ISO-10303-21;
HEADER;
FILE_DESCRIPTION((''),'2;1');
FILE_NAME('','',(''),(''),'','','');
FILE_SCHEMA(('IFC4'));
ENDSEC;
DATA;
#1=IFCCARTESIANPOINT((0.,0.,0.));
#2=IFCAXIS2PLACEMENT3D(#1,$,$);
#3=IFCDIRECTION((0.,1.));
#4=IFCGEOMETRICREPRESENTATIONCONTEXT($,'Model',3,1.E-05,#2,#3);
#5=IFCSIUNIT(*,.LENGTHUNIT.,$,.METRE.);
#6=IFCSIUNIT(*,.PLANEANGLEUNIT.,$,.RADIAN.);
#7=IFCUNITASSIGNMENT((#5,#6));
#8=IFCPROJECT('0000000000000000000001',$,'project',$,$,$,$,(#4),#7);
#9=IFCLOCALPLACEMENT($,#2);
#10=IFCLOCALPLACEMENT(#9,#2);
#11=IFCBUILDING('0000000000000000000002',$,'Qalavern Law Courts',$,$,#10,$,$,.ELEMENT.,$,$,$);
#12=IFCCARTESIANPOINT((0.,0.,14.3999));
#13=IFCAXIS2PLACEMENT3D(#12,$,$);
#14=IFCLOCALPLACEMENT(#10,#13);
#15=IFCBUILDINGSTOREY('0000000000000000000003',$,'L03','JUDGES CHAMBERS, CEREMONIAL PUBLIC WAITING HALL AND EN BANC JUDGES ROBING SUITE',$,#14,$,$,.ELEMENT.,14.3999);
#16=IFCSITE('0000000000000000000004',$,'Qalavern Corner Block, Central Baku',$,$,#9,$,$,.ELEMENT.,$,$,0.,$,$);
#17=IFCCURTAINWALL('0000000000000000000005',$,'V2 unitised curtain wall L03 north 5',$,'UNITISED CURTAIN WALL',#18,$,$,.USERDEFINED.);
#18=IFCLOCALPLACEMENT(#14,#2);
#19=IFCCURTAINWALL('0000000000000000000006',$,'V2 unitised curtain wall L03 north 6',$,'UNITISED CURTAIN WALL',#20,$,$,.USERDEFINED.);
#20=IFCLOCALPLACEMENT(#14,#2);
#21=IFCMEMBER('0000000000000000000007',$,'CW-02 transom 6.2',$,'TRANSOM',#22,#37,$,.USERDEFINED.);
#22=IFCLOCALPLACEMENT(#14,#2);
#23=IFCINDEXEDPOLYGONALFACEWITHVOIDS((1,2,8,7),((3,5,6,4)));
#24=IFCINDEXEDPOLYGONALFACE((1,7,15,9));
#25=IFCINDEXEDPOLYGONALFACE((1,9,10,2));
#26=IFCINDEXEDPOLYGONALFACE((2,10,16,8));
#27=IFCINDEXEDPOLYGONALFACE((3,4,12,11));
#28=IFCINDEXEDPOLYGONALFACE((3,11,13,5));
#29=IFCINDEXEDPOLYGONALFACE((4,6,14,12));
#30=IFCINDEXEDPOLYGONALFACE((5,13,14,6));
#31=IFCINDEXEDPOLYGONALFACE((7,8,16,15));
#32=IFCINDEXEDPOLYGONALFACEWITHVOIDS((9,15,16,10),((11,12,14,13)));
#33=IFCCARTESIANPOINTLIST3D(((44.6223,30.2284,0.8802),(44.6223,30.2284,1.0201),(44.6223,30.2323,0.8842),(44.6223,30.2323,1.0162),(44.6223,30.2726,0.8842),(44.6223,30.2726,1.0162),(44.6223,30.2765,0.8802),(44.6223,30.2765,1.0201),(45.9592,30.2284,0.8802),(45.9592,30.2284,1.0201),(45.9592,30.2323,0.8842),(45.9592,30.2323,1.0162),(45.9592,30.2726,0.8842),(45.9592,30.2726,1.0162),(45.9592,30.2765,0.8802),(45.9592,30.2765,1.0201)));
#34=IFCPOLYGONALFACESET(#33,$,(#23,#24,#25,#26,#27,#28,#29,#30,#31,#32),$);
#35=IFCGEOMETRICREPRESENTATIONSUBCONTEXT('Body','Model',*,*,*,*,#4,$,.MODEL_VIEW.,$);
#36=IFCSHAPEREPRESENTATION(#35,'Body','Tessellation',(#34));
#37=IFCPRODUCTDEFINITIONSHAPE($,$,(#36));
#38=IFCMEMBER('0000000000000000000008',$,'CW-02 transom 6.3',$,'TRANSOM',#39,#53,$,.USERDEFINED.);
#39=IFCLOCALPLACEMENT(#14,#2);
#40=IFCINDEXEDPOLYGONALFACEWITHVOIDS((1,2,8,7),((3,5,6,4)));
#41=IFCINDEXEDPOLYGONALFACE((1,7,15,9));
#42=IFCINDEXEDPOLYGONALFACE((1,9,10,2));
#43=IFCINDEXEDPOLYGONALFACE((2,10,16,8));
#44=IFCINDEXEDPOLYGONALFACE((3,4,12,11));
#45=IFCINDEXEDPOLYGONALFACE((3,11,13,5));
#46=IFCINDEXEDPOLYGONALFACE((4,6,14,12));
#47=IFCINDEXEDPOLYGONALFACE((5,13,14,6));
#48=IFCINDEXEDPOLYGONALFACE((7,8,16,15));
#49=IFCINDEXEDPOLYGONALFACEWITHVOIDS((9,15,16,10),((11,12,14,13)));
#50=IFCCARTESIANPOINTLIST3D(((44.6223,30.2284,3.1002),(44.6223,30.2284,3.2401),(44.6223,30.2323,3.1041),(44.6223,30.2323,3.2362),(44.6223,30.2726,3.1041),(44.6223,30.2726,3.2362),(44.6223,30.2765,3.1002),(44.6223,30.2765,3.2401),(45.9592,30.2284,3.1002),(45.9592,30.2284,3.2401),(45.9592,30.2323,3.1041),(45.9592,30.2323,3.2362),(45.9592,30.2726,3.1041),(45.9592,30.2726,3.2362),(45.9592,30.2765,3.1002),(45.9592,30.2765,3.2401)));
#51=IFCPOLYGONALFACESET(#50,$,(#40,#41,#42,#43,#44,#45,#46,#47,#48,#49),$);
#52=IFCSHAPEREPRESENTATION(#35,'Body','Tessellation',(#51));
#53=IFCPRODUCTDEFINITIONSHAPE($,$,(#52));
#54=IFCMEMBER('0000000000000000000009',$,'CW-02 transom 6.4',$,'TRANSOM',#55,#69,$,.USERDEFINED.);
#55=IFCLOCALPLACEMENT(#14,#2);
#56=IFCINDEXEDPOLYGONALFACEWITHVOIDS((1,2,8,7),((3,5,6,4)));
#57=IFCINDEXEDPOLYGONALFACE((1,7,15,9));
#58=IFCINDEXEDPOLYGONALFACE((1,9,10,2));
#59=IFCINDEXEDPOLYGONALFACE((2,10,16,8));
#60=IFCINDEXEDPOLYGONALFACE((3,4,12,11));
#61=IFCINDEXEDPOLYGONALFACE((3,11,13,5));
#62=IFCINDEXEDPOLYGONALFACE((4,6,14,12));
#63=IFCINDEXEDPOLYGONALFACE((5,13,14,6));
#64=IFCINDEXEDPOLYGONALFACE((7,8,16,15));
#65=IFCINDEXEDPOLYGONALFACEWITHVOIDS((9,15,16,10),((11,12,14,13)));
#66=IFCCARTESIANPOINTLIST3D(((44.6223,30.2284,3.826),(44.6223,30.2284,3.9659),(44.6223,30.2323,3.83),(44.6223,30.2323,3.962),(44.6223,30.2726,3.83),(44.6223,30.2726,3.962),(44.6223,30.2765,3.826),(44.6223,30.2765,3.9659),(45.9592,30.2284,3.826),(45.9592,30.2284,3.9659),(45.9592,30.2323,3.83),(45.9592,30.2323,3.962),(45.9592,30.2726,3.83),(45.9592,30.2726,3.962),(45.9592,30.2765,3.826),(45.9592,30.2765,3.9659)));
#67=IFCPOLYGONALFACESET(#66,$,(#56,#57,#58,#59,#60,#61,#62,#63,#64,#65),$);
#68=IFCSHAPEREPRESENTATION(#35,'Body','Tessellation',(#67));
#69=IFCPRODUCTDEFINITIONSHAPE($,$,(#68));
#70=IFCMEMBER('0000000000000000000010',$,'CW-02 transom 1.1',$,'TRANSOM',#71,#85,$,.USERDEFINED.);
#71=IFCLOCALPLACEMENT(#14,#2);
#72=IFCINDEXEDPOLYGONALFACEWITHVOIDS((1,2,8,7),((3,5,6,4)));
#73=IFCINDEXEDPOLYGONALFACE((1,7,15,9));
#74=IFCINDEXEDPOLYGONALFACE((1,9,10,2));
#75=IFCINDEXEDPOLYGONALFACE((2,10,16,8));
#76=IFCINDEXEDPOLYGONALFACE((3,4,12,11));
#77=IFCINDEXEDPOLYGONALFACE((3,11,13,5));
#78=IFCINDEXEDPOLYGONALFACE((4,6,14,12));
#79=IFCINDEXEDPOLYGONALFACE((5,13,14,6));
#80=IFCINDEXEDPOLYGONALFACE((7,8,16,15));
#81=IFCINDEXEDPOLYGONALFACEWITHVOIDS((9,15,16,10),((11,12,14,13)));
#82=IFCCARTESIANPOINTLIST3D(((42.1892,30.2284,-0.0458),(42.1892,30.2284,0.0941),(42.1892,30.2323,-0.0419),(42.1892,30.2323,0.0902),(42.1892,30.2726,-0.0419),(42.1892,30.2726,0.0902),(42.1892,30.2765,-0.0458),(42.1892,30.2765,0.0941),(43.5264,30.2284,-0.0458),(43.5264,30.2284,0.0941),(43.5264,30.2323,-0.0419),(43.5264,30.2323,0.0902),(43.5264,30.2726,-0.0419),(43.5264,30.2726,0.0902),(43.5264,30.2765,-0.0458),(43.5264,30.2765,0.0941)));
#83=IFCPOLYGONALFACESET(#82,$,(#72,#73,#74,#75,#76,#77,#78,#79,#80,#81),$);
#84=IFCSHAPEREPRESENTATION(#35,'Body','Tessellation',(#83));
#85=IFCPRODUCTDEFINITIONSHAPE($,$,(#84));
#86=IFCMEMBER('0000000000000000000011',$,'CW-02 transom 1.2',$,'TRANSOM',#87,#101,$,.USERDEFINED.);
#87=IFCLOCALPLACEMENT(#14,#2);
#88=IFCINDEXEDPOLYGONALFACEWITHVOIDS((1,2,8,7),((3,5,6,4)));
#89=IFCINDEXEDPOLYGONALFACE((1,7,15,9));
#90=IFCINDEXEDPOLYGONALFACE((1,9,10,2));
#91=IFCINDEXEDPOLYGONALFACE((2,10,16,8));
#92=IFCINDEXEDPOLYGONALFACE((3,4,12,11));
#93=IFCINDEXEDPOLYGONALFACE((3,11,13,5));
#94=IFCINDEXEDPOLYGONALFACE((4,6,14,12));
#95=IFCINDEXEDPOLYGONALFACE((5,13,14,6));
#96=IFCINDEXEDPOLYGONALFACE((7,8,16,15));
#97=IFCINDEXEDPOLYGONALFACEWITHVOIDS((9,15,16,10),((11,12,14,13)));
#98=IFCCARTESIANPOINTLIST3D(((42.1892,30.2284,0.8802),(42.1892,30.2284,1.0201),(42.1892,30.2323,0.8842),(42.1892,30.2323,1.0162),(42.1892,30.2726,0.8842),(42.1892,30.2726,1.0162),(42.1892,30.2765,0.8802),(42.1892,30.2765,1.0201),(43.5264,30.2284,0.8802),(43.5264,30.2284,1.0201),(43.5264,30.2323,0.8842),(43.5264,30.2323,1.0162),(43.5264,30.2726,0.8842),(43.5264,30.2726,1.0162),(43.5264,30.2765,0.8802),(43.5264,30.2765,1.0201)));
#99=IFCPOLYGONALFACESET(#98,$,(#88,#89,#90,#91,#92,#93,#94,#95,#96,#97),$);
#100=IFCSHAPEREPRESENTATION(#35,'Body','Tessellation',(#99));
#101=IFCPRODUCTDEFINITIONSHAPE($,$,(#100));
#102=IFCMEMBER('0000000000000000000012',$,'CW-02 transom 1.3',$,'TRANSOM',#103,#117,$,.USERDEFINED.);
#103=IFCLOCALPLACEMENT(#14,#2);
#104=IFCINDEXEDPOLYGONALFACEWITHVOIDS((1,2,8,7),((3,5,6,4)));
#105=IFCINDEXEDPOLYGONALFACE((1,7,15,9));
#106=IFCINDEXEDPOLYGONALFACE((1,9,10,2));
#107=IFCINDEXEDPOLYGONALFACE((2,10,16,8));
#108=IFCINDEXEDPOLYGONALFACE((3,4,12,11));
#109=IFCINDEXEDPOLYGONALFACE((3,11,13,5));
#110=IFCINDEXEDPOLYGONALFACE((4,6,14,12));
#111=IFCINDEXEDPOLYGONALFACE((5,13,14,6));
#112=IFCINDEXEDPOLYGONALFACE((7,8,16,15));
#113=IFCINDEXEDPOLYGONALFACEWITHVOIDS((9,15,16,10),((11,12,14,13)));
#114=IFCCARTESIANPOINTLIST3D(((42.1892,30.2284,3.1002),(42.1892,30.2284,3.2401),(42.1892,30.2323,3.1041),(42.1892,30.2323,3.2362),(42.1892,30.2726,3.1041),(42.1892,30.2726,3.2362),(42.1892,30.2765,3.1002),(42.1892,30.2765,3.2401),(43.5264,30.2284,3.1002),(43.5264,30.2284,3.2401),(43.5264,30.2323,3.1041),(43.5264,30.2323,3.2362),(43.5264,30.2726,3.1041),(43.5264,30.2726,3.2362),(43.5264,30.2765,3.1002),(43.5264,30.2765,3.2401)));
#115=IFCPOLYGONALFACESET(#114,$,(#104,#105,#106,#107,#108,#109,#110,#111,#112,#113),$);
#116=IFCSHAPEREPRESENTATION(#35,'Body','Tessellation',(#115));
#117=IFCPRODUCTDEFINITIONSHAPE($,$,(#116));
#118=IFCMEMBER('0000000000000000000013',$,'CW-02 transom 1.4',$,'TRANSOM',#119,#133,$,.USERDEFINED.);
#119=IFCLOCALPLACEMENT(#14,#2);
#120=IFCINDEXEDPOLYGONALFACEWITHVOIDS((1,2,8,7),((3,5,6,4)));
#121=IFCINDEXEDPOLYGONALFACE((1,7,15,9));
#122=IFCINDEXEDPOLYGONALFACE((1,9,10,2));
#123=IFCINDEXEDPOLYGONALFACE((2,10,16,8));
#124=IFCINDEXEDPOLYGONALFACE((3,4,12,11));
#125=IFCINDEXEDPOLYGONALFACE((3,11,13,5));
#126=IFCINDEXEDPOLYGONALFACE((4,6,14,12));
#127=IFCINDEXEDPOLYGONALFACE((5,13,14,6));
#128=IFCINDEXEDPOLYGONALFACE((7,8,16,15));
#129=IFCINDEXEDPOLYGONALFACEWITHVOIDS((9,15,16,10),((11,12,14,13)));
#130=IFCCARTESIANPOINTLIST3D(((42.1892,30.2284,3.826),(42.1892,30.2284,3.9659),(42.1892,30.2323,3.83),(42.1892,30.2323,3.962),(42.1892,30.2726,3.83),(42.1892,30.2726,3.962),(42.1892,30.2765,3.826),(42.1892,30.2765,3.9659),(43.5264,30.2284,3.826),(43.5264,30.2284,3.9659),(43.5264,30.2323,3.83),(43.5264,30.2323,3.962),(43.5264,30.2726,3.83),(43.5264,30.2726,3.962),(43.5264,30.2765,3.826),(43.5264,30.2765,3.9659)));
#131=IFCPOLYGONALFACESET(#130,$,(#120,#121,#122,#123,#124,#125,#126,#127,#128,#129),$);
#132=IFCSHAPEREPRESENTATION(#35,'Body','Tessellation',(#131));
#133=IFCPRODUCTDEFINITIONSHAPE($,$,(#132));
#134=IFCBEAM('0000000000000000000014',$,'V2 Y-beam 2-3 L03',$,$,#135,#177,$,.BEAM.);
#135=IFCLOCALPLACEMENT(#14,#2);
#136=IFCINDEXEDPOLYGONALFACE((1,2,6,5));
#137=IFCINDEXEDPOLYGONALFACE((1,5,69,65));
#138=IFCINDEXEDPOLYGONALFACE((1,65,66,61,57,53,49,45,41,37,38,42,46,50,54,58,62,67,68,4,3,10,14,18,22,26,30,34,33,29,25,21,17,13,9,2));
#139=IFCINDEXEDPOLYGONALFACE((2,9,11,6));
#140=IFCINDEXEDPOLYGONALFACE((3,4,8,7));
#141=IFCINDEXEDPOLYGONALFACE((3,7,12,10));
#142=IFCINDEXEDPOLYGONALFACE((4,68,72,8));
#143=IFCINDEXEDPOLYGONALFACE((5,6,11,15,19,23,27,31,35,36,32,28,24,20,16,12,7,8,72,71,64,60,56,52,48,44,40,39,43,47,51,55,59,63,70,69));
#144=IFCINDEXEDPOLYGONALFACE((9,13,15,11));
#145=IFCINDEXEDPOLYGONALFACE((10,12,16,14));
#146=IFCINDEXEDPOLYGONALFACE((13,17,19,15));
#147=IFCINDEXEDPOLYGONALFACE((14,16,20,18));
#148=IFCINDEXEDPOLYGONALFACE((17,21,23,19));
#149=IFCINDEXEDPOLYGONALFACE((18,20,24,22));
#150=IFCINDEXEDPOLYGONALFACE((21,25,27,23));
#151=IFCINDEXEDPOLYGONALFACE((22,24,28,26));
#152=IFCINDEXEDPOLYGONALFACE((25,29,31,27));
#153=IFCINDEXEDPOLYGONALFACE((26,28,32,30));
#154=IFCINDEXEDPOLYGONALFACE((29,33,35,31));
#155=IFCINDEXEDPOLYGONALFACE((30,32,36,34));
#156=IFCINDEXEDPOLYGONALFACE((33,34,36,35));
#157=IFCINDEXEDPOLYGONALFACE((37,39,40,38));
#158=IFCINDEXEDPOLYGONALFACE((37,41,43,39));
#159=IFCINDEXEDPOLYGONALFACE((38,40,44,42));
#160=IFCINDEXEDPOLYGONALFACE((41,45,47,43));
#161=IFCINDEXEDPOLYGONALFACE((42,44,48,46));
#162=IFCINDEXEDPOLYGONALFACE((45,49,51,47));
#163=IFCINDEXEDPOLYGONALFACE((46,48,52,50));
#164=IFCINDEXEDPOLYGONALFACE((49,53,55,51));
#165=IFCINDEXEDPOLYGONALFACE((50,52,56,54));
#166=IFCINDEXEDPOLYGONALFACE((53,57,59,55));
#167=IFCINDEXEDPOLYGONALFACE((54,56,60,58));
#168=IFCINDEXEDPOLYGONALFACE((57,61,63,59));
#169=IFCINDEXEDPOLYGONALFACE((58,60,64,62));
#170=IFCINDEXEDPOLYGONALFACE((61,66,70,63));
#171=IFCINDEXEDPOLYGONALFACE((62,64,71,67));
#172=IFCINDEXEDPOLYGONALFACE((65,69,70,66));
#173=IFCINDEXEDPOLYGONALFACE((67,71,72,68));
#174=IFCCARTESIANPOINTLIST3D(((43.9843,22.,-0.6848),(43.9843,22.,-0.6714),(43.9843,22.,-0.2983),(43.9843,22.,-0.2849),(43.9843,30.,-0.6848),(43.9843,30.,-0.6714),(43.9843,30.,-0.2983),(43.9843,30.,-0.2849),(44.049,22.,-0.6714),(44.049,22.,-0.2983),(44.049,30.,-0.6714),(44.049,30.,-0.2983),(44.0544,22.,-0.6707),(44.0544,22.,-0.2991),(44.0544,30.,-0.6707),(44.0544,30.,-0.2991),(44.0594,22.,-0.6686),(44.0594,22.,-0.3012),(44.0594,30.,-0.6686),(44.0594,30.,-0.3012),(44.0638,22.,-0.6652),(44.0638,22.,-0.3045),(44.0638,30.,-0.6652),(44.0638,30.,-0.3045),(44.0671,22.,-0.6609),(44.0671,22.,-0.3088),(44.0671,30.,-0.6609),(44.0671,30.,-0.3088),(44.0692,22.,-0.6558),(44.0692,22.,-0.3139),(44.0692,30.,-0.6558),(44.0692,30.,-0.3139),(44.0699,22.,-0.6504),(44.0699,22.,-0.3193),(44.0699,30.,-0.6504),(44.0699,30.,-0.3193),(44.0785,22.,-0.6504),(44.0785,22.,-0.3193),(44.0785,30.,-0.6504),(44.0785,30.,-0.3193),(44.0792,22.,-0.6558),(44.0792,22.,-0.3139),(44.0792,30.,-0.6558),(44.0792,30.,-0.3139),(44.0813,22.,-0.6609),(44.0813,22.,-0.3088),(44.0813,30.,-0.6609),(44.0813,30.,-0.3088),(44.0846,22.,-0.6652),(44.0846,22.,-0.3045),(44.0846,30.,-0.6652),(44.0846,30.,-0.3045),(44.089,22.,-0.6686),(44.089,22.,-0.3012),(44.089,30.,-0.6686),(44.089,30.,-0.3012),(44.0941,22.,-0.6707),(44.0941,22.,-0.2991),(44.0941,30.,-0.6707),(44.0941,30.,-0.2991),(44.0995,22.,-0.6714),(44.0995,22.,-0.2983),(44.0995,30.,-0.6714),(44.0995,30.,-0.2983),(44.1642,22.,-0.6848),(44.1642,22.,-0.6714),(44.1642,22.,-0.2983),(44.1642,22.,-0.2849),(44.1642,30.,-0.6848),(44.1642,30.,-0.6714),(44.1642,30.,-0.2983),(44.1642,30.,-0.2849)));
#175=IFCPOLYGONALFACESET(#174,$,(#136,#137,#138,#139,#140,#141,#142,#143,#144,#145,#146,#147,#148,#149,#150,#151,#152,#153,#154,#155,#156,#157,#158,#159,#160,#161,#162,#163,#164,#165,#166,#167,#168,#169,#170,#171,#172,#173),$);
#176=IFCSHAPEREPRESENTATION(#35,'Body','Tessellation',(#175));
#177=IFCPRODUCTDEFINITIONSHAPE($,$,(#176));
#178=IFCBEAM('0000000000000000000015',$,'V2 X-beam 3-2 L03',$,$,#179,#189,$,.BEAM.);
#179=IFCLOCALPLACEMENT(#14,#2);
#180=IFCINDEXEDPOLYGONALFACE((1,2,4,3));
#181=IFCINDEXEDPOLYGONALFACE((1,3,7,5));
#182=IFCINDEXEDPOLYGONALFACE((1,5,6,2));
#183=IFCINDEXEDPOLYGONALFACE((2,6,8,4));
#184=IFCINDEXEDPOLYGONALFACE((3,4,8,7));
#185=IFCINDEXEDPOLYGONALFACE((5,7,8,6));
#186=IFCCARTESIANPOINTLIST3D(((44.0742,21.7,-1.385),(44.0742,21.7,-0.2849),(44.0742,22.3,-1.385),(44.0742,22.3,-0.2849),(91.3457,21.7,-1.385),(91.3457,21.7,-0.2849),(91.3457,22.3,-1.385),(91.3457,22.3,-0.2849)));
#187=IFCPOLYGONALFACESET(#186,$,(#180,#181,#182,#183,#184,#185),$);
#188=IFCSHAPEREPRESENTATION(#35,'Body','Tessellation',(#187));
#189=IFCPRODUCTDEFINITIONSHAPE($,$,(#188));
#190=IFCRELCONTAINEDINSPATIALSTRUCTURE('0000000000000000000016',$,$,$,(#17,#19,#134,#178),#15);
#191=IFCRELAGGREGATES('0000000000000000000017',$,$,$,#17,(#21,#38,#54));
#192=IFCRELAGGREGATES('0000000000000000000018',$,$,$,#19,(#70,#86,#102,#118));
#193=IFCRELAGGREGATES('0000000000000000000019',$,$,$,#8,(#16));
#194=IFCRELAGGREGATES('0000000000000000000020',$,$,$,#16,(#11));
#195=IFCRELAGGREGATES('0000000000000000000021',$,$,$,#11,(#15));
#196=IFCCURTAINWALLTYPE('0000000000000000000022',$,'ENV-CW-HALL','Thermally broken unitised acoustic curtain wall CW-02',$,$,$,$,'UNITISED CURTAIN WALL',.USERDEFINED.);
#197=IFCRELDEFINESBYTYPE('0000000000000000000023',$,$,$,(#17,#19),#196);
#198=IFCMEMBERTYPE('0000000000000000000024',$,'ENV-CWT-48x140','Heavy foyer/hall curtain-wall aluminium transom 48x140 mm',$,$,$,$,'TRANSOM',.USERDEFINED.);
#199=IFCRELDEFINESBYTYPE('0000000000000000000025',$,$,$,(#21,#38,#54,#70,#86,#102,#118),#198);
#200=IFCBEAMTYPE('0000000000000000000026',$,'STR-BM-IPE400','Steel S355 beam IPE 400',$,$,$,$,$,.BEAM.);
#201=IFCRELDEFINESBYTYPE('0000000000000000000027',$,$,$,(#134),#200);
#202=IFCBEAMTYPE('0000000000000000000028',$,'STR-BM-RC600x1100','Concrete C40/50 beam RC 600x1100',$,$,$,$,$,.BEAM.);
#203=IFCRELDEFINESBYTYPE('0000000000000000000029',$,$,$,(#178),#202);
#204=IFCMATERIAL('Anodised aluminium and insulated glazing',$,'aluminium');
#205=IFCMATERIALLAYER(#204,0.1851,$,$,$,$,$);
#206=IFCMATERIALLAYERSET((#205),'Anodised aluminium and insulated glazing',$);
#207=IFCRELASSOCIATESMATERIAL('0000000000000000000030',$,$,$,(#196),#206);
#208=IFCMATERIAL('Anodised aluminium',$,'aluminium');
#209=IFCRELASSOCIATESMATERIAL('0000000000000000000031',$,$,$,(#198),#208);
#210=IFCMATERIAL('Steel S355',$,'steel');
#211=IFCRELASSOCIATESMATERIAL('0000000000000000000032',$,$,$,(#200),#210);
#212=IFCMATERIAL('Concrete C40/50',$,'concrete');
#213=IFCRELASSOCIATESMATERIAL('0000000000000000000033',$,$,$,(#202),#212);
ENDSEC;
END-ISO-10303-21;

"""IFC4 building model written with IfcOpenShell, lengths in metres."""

from ifc_helpers import new_model, si_unit, direction, frame, origin, origin_2d, place, context, subcontext, project, spatial, rectangle, hollow_rectangle, i_section, extrude, material, layer, layer_set, material_profile, profile_set, type_object, element, aggregate, save


model = new_model("IFC4")

# Units and contexts
model_context = context("Model", 3, precision=1e-05, world=origin(), true_north=direction((0.0, 1.0)))
body_context = subcontext(model_context, "Body", "Model", "MODEL_VIEW")
ifc_project = project(units=[si_unit("LENGTHUNIT", "METRE"), si_unit("PLANEANGLEUNIT", "RADIAN")], contexts=[model_context])

# Site, building, storey
site_placement = place(None, origin())
site = spatial("IfcSite", under=ifc_project, at=site_placement, Name="Qalavern Corner Block, Central Baku", CompositionType="ELEMENT", RefElevation=0.0)
building_placement = place(site_placement, origin())
building = spatial("IfcBuilding", under=site, at=building_placement, Name="Qalavern Law Courts", CompositionType="ELEMENT")
storey_placement = place(building_placement, frame((0.0, 0.0, 14.3999)))
storey = spatial("IfcBuildingStorey", under=building, at=storey_placement, Name="L03", Description="JUDGES CHAMBERS, CEREMONIAL PUBLIC WAITING HALL AND EN BANC JUDGES ROBING SUITE", CompositionType="ELEMENT", Elevation=14.3999)

# Curtain wall
ifc_material_1 = material(Name="Anodised aluminium and insulated glazing", Category="aluminium")
ifc_layer_1 = layer(ifc_material_1, 0.1851)
ifc_layer_set_1 = layer_set([ifc_layer_1], Name="Anodised aluminium and insulated glazing")
curtain_wall_type = type_object("IfcCurtainWallType", Name="ENV-CW-HALL", Description="Thermally broken unitised acoustic curtain wall CW-02", ElementType="UNITISED CURTAIN WALL", PredefinedType="USERDEFINED", material=ifc_layer_set_1)
curtain_wall_1_placement = place(storey_placement, origin())
curtain_wall_1 = element("IfcCurtainWall", 1, at=curtain_wall_1_placement, inside=storey, type_object=curtain_wall_type, Name="V2 unitised curtain wall L03 north 5", ObjectType="UNITISED CURTAIN WALL", PredefinedType="USERDEFINED")
ifc_material_2 = material(Name="Anodised aluminium", Category="aluminium")

# Curtain wall
curtain_wall_2_placement = place(storey_placement, origin())
curtain_wall_2 = element("IfcCurtainWall", 2, at=curtain_wall_2_placement, inside=storey, type_object=curtain_wall_type, Name="V2 unitised curtain wall L03 north 6", ObjectType="UNITISED CURTAIN WALL", PredefinedType="USERDEFINED")

# Members
ifc_material_profile_1 = material_profile(ifc_material_2, hollow_rectangle(XDim=0.0481, YDim=0.1399, WallThickness=0.0039, at=origin_2d()), Name="ALU TRANSOM 48x140")
ifc_profile_set_1 = profile_set([ifc_material_profile_1], Name="Anodised aluminium")
member_type_1 = type_object("IfcMemberType", Name="ENV-CWT-48x140", Description="Heavy foyer/hall curtain-wall aluminium transom 48x140 mm", ElementType="TRANSOM", PredefinedType="USERDEFINED", material=ifc_profile_set_1)
member_1_placement = place(storey_placement, frame((45.9592, 30.2524, 0.9502), z_axis=(-1.0, 0.0, 0.0), x_axis=(0.0, -1.0, 0.0)))
member_1 = element("IfcMember", 3, at=member_1_placement, type_object=member_type_1, Name="CW-02 transom 6.2", ObjectType="TRANSOM", PredefinedType="USERDEFINED", context=body_context, shape_type="SweptSolid", body=[
    extrude(hollow_rectangle(XDim=0.0481, YDim=0.1399, WallThickness=0.0039, at=origin_2d()), origin(), (0.0, 0.0, 1.0), 1.3369),
])
member_2_placement = place(storey_placement, frame((45.9592, 30.2524, 3.1702), z_axis=(-1.0, 0.0, 0.0), x_axis=(0.0, -1.0, 0.0)))
member_2 = element("IfcMember", 4, at=member_2_placement, type_object=member_type_1, Name="CW-02 transom 6.3", ObjectType="TRANSOM", PredefinedType="USERDEFINED", context=body_context, shape_type="SweptSolid", body=[
    extrude(hollow_rectangle(XDim=0.0481, YDim=0.1399, WallThickness=0.0039, at=origin_2d()), origin(), (0.0, 0.0, 1.0), 1.3369),
])
member_3_placement = place(storey_placement, frame((45.9592, 30.2524, 3.896), z_axis=(-1.0, 0.0, 0.0), x_axis=(0.0, -1.0, 0.0)))
member_3 = element("IfcMember", 5, at=member_3_placement, type_object=member_type_1, Name="CW-02 transom 6.4", ObjectType="TRANSOM", PredefinedType="USERDEFINED", context=body_context, shape_type="SweptSolid", body=[
    extrude(hollow_rectangle(XDim=0.0481, YDim=0.1399, WallThickness=0.0039, at=origin_2d()), origin(), (0.0, 0.0, 1.0), 1.3369),
])
member_4_placement = place(storey_placement, frame((43.5264, 30.2524, 0.0242), z_axis=(-1.0, 0.0, 0.0), x_axis=(0.0, -1.0, 0.0)))
member_4 = element("IfcMember", 6, at=member_4_placement, type_object=member_type_1, Name="CW-02 transom 1.1", ObjectType="TRANSOM", PredefinedType="USERDEFINED", context=body_context, shape_type="SweptSolid", body=[
    extrude(hollow_rectangle(XDim=0.0481, YDim=0.1399, WallThickness=0.0039, at=origin_2d()), origin(), (0.0, 0.0, 1.0), 1.3372),
])
member_5_placement = place(storey_placement, frame((43.5264, 30.2524, 0.9502), z_axis=(-1.0, 0.0, 0.0), x_axis=(0.0, -1.0, 0.0)))
member_5 = element("IfcMember", 7, at=member_5_placement, type_object=member_type_1, Name="CW-02 transom 1.2", ObjectType="TRANSOM", PredefinedType="USERDEFINED", context=body_context, shape_type="SweptSolid", body=[
    extrude(hollow_rectangle(XDim=0.0481, YDim=0.1399, WallThickness=0.0039, at=origin_2d()), origin(), (0.0, 0.0, 1.0), 1.3372),
])
member_6_placement = place(storey_placement, frame((43.5264, 30.2524, 3.1702), z_axis=(-1.0, 0.0, 0.0), x_axis=(0.0, -1.0, 0.0)))
member_6 = element("IfcMember", 8, at=member_6_placement, type_object=member_type_1, Name="CW-02 transom 1.3", ObjectType="TRANSOM", PredefinedType="USERDEFINED", context=body_context, shape_type="SweptSolid", body=[
    extrude(hollow_rectangle(XDim=0.0481, YDim=0.1399, WallThickness=0.0039, at=origin_2d()), origin(), (0.0, 0.0, 1.0), 1.3372),
])
member_7_placement = place(storey_placement, frame((43.5264, 30.2524, 3.896), z_axis=(-1.0, 0.0, 0.0), x_axis=(0.0, -1.0, 0.0)))
member_7 = element("IfcMember", 9, at=member_7_placement, type_object=member_type_1, Name="CW-02 transom 1.4", ObjectType="TRANSOM", PredefinedType="USERDEFINED", context=body_context, shape_type="SweptSolid", body=[
    extrude(hollow_rectangle(XDim=0.0481, YDim=0.1399, WallThickness=0.0039, at=origin_2d()), origin(), (0.0, 0.0, 1.0), 1.3372),
])

# Beams
ifc_material_3 = material(Name="Steel S355", Category="steel")
ifc_material_profile_2 = material_profile(ifc_material_3, i_section(OverallWidth=0.1799, OverallDepth=0.3999, WebThickness=0.0085, FlangeThickness=0.0134, FilletRadius=0.021, at=origin_2d()), Name="IPE 400")
ifc_profile_set_2 = profile_set([ifc_material_profile_2], Name="Steel S355")
beam_type_1 = type_object("IfcBeamType", Name="STR-BM-IPE400", Description="Steel S355 beam IPE 400", PredefinedType="BEAM", material=ifc_profile_set_2)
beam_1_placement = place(storey_placement, frame((44.0742, 22.0, -0.4849), z_axis=(0.0, 1.0, 0.0), x_axis=(-1.0, 0.0, 0.0)))
element("IfcBeam", 10, at=beam_1_placement, inside=storey, type_object=beam_type_1, Name="V2 Y-beam 2-3 L03", PredefinedType="BEAM", context=body_context, shape_type="SweptSolid", body=[
    extrude(i_section(OverallWidth=0.1799, OverallDepth=0.3999, WebThickness=0.0085, FlangeThickness=0.0134, FilletRadius=0.021, at=origin_2d()), origin(), (0.0, 0.0, 1.0), 8.0),
])
ifc_material_4 = material(Name="Concrete C40/50", Category="concrete")
ifc_material_profile_3 = material_profile(ifc_material_4, rectangle(XDim=0.6001, YDim=1.1001, at=origin_2d()), Name="RC 600x1100")
ifc_profile_set_3 = profile_set([ifc_material_profile_3], Name="Concrete C40/50")
beam_type_2 = type_object("IfcBeamType", Name="STR-BM-RC600x1100", Description="Concrete C40/50 beam RC 600x1100", PredefinedType="BEAM", material=ifc_profile_set_3)
beam_2_placement = place(storey_placement, frame((44.0742, 22.0, -0.835), z_axis=(1.0, 0.0, 0.0), x_axis=(0.0, 1.0, 0.0)))
element("IfcBeam", 11, at=beam_2_placement, inside=storey, type_object=beam_type_2, Name="V2 X-beam 3-2 L03", PredefinedType="BEAM", context=body_context, shape_type="SweptSolid", body=[
    extrude(rectangle(XDim=0.6001, YDim=1.1001, at=origin_2d()), origin(), (0.0, 0.0, 1.0), 47.2715),
])

aggregate(curtain_wall_1, [member_1, member_2, member_3])
aggregate(curtain_wall_2, [member_4, member_5, member_6, member_7])

save(model, "model.ifc")
